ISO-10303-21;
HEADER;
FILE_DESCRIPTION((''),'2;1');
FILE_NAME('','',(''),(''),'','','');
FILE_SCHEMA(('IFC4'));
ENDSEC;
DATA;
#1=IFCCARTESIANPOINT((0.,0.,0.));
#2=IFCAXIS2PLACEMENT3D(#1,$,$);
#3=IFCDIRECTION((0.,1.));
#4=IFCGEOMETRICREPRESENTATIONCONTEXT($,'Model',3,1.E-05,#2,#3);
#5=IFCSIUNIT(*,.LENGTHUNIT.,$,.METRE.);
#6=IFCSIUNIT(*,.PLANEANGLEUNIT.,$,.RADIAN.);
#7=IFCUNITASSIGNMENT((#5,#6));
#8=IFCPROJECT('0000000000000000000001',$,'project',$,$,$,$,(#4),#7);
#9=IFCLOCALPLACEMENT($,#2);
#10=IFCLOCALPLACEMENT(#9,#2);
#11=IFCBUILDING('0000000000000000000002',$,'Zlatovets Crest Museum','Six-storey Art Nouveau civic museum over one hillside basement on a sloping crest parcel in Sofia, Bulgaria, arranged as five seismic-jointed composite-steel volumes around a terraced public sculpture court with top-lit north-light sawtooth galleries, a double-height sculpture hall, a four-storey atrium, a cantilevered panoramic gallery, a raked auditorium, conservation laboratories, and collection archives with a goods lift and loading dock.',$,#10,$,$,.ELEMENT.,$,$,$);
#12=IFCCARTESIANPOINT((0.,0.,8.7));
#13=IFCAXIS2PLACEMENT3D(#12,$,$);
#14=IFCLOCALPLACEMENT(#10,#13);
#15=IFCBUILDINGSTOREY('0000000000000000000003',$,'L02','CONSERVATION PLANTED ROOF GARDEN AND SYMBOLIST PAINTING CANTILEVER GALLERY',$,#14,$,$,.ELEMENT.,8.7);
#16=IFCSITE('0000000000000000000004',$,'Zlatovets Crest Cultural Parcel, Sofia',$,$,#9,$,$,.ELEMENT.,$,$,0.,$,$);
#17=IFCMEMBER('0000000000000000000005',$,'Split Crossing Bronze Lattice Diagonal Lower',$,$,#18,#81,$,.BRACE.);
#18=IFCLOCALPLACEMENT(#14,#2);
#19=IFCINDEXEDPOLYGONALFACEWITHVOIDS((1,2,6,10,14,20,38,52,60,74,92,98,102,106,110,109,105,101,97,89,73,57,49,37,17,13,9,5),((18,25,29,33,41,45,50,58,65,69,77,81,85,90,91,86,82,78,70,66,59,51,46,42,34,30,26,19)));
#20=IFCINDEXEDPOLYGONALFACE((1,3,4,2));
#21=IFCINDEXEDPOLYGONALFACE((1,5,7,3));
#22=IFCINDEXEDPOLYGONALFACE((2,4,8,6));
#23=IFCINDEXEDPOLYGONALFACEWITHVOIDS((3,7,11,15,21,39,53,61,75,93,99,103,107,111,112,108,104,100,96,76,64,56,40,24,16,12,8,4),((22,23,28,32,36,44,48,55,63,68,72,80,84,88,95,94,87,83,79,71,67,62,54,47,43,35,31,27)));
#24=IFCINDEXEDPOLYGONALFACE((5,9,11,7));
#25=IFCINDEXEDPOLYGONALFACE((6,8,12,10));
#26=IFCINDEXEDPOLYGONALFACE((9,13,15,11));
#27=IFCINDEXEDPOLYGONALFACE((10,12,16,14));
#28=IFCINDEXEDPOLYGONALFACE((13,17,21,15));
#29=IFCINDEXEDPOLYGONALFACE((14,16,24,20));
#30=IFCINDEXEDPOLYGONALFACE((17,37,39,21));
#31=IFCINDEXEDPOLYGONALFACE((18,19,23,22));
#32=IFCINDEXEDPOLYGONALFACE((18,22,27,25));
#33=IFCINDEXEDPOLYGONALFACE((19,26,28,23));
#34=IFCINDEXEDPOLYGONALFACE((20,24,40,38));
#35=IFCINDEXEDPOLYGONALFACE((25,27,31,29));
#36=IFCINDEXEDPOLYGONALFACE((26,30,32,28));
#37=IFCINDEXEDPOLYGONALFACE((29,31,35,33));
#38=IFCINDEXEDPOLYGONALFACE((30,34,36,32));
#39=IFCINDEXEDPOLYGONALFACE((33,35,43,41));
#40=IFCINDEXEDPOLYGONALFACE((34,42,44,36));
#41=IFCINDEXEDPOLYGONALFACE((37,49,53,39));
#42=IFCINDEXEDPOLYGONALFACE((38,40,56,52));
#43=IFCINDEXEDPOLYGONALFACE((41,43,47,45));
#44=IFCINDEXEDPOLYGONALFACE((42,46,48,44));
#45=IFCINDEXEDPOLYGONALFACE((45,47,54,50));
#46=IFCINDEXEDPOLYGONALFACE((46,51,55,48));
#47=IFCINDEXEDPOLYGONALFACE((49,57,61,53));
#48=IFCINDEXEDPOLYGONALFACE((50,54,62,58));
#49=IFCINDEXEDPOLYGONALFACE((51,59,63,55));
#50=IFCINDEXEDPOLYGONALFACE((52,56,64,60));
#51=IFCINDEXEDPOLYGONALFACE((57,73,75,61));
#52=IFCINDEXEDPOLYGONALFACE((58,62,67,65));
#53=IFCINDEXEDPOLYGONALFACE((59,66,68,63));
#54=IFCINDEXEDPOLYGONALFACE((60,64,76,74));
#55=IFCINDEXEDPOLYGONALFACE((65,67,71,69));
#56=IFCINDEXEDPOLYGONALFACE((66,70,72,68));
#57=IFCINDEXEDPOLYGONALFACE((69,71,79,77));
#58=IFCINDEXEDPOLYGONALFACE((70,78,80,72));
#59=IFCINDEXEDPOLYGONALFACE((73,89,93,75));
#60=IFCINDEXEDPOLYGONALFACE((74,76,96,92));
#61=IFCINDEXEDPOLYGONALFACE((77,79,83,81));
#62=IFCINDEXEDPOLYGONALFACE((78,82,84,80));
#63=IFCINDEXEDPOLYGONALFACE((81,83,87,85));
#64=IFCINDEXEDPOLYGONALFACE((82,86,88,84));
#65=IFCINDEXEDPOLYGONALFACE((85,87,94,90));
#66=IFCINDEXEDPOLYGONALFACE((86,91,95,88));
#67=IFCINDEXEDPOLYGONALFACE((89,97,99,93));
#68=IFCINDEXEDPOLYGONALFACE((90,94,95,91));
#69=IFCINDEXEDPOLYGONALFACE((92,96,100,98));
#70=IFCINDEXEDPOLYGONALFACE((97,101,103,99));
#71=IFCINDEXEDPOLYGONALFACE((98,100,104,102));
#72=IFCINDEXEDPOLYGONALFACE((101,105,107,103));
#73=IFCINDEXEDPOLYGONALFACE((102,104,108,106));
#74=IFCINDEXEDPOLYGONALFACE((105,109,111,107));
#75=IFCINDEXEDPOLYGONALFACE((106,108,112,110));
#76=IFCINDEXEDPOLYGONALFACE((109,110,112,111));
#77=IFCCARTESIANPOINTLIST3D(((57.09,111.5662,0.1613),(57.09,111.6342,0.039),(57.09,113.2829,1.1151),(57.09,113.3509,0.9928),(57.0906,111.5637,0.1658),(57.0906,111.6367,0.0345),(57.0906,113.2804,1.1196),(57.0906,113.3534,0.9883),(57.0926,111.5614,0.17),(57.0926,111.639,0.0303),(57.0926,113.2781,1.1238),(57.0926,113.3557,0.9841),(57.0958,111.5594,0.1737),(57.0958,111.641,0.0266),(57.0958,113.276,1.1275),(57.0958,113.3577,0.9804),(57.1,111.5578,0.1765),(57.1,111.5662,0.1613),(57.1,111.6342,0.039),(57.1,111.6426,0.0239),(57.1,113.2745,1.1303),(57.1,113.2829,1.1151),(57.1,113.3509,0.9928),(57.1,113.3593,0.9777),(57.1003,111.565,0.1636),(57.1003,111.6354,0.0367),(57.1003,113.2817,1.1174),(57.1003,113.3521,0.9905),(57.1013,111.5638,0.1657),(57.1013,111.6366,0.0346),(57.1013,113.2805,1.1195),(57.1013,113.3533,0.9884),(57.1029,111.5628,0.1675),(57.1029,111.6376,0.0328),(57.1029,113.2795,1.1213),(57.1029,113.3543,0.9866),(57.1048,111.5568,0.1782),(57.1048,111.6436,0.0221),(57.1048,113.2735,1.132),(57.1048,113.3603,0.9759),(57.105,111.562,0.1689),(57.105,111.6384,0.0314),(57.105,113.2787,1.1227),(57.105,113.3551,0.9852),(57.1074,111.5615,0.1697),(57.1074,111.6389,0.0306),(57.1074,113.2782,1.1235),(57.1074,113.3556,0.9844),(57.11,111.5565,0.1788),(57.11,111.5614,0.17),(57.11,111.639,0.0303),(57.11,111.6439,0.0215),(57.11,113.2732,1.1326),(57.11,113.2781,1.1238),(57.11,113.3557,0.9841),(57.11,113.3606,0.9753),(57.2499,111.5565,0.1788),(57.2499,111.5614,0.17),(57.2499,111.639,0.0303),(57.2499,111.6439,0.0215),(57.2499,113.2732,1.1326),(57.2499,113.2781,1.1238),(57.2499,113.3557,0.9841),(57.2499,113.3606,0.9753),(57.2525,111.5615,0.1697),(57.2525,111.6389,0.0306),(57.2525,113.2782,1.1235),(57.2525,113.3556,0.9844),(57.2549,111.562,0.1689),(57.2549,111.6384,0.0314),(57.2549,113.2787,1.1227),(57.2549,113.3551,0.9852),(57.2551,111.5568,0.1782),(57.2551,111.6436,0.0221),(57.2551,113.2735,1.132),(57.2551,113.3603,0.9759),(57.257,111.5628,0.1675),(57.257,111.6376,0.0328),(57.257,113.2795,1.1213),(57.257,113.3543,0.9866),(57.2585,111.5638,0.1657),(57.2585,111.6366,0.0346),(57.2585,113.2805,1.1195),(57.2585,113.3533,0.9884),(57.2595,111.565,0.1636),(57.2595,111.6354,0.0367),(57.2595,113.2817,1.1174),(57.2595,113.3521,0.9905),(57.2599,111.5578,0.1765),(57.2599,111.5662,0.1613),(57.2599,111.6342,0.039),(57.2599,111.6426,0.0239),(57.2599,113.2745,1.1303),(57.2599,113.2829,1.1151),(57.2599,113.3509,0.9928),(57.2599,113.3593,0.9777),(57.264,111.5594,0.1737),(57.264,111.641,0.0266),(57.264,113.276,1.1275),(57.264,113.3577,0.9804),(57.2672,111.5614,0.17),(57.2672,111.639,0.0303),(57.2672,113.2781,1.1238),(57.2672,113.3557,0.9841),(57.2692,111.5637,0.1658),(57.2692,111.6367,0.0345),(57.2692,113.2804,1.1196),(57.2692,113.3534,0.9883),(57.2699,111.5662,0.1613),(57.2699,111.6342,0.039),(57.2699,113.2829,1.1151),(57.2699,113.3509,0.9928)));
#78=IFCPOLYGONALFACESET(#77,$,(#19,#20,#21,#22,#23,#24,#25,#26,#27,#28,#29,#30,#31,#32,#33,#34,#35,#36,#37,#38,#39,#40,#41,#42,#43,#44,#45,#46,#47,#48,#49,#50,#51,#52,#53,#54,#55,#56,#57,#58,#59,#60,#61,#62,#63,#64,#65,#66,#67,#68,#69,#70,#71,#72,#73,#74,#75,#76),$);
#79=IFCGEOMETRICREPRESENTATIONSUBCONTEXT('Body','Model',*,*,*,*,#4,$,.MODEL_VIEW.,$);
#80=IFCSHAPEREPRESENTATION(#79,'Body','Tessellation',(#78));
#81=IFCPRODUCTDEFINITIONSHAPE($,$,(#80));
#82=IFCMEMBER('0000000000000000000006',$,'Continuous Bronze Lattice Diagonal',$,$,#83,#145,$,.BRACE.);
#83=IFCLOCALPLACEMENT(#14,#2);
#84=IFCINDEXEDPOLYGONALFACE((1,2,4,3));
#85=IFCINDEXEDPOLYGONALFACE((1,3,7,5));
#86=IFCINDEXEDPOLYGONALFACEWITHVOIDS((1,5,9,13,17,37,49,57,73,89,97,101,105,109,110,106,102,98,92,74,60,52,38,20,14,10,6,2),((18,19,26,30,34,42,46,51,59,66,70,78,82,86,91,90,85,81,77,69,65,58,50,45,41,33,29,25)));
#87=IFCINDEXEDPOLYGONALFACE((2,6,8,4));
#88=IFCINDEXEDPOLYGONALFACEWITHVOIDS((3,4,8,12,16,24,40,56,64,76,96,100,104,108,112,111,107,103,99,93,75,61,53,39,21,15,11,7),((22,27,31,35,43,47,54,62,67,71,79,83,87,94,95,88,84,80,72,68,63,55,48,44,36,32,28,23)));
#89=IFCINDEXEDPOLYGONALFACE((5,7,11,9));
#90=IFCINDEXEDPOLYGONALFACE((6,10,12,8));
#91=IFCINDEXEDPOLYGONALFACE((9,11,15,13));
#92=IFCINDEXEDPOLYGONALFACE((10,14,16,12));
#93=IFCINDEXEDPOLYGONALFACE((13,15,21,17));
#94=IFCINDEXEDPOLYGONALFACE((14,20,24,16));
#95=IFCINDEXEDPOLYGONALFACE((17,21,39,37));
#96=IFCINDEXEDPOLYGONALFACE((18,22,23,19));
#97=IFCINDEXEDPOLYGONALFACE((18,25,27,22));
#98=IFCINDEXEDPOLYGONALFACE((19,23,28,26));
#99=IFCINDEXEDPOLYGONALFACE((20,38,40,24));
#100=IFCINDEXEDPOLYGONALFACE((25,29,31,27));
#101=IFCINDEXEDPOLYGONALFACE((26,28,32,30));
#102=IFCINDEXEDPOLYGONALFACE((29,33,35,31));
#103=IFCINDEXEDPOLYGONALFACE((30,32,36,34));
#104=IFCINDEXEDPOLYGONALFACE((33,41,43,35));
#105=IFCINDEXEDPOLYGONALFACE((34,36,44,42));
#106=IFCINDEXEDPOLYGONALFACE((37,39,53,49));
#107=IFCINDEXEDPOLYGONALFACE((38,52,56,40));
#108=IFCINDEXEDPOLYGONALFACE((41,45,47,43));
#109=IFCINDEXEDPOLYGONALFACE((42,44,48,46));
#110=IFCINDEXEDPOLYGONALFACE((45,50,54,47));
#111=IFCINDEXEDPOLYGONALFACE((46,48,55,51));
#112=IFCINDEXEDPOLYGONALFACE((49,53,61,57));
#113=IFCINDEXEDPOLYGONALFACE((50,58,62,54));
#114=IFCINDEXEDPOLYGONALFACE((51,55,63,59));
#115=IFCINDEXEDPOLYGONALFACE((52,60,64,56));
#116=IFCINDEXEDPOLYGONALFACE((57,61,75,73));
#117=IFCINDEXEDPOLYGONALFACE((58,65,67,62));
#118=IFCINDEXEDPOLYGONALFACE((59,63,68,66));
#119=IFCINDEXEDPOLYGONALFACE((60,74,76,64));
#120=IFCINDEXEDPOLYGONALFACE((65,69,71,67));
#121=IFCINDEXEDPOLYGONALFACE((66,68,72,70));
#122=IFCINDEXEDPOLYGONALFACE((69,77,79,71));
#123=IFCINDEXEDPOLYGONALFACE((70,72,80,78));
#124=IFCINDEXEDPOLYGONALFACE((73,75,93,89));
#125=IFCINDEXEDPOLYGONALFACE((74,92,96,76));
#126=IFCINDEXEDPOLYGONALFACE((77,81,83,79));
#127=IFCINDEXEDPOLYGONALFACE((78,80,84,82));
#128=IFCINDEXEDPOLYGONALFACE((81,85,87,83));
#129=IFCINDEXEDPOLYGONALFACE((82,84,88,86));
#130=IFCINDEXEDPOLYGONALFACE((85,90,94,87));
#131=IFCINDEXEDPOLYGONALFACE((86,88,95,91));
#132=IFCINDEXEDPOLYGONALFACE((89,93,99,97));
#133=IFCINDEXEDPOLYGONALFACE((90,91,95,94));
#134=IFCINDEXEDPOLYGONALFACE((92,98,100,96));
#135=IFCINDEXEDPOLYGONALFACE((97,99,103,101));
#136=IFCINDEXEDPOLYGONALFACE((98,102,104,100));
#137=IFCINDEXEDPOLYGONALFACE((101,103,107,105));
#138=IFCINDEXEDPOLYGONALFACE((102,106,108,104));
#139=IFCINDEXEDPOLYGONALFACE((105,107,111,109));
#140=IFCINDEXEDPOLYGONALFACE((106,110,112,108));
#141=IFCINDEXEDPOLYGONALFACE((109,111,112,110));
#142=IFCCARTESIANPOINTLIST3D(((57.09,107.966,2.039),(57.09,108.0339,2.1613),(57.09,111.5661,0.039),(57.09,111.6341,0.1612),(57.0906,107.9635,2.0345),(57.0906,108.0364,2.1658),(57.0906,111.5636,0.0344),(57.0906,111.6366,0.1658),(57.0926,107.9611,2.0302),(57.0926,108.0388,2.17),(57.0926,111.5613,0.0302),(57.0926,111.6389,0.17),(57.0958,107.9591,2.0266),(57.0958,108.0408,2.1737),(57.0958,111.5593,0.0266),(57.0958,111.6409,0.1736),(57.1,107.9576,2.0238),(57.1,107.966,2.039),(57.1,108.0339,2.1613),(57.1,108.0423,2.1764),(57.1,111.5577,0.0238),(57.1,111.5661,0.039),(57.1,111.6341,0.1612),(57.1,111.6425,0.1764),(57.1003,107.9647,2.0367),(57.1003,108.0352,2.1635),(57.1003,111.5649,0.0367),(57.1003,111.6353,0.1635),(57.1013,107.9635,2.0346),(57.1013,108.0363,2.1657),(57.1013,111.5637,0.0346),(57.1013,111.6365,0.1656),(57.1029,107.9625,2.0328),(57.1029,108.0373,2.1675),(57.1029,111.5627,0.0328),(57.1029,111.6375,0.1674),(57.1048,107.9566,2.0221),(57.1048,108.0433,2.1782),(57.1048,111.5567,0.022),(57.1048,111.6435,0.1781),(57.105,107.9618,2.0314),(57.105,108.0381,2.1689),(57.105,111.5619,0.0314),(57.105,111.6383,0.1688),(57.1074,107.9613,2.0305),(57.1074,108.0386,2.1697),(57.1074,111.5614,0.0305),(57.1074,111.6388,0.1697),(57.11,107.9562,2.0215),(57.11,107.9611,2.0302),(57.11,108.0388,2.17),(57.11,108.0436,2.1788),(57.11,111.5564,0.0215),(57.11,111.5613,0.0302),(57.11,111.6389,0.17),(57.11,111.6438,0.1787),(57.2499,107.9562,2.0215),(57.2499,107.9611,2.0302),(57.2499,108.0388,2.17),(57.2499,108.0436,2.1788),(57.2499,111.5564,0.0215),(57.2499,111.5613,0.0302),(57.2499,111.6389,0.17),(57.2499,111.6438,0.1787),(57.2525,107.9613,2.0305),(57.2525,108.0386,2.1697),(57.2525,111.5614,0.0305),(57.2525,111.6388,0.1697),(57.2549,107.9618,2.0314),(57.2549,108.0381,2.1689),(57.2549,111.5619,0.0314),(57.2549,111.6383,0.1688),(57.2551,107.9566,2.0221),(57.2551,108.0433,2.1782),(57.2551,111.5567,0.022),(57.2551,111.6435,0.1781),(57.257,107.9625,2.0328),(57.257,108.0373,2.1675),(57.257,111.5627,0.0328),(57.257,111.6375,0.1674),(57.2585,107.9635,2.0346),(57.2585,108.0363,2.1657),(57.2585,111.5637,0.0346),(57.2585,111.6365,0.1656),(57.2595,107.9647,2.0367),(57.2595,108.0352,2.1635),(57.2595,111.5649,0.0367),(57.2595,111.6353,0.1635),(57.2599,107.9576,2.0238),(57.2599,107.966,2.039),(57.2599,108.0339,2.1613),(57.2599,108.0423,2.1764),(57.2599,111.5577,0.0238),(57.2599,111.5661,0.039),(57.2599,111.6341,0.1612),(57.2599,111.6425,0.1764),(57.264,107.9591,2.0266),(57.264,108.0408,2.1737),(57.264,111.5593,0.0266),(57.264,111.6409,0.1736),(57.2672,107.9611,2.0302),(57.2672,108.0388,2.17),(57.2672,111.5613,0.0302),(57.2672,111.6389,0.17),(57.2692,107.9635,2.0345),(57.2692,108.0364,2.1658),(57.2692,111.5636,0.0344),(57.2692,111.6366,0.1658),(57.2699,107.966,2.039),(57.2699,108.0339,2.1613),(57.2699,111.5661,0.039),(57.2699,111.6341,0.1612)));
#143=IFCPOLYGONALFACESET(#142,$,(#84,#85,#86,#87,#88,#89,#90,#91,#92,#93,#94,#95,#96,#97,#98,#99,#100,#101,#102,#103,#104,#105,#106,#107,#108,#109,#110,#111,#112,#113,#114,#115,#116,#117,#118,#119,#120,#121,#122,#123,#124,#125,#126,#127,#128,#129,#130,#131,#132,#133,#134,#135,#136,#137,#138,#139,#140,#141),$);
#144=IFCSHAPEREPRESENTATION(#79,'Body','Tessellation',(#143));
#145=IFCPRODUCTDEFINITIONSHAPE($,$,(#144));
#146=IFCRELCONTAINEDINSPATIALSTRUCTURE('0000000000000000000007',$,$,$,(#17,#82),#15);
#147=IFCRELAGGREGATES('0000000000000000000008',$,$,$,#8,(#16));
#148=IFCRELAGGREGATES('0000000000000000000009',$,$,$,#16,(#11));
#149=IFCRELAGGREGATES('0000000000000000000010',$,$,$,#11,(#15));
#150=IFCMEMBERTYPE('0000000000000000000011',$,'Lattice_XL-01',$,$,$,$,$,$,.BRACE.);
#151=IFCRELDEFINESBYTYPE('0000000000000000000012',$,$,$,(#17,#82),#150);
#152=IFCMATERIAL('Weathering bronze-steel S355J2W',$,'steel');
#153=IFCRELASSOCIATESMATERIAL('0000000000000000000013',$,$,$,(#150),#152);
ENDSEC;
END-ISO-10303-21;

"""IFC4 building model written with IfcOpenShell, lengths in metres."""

from ifc_helpers import new_model, si_unit, direction, frame, origin, origin_2d, place, context, subcontext, project, spatial, hollow_rectangle, extrude, material, material_profile, profile_set, type_object, element, save


model = new_model("IFC4")

# Units and contexts
model_context = context("Model", 3, precision=1e-05, world=origin(), true_north=direction((0.0, 1.0)))
body_context = subcontext(model_context, "Body", "Model", "MODEL_VIEW")
ifc_project = project(units=[si_unit("LENGTHUNIT", "METRE"), si_unit("PLANEANGLEUNIT", "RADIAN")], contexts=[model_context])

# Site, building, storey
site_placement = place(None, origin())
site = spatial("IfcSite", under=ifc_project, at=site_placement, Name="Zlatovets Crest Cultural Parcel, Sofia", CompositionType="ELEMENT", RefElevation=0.0)
building_placement = place(site_placement, origin())
building = spatial("IfcBuilding", under=site, at=building_placement, Name="Zlatovets Crest Museum", Description="Six-storey Art Nouveau civic museum over one hillside basement on a sloping crest parcel in Sofia, Bulgaria, arranged as five seismic-jointed composite-steel volumes around a terraced public sculpture court with top-lit north-light sawtooth galleries, a double-height sculpture hall, a four-storey atrium, a cantilevered panoramic gallery, a raked auditorium, conservation laboratories, and collection archives with a goods lift and loading dock.", CompositionType="ELEMENT")
storey_placement = place(building_placement, frame((0.0, 0.0, 8.7)))
storey = spatial("IfcBuildingStorey", under=building, at=storey_placement, Name="L02", Description="CONSERVATION PLANTED ROOF GARDEN AND SYMBOLIST PAINTING CANTILEVER GALLERY", CompositionType="ELEMENT", Elevation=8.7)

# Members
ifc_material_1 = material(Name="Weathering bronze-steel S355J2W", Category="steel")
ifc_material_profile_1 = material_profile(ifc_material_1, hollow_rectangle(XDim=0.1799, YDim=0.1799, WallThickness=0.01, InnerFilletRadius=0.01, OuterFilletRadius=0.02, at=origin_2d()), Name="SHS 180x180x10.0")
ifc_profile_set_1 = profile_set([ifc_material_profile_1], Name="Weathering bronze-steel S355J2W")
member_type_1 = type_object("IfcMemberType", Name="Lattice_XL-01", PredefinedType="BRACE", material=ifc_profile_set_1)
member_1_placement = place(storey_placement, frame((57.1799, 113.3169, 1.054), z_axis=(0.0, -0.87414, -0.485675), x_axis=(1.0, 0.0, 0.0)))
element("IfcMember", 1, at=member_1_placement, inside=storey, type_object=member_type_1, Name="Split Crossing Bronze Lattice Diagonal Lower", PredefinedType="BRACE", context=body_context, shape_type="SweptSolid", body=[
    extrude(hollow_rectangle(XDim=0.1799, YDim=0.1799, WallThickness=0.01, InnerFilletRadius=0.01, OuterFilletRadius=0.02, at=origin_2d()), origin(), (0.0, 0.0, 1.0), 1.9639),
])
member_2_placement = place(storey_placement, frame((57.1799, 111.6001, 0.1001), z_axis=(0.0, -0.874163, 0.485633), x_axis=(1.0, 0.0, 0.0)))
element("IfcMember", 2, at=member_2_placement, inside=storey, type_object=member_type_1, Name="Continuous Bronze Lattice Diagonal", PredefinedType="BRACE", context=body_context, shape_type="SweptSolid", body=[
    extrude(hollow_rectangle(XDim=0.1799, YDim=0.1799, WallThickness=0.01, InnerFilletRadius=0.01, OuterFilletRadius=0.02, at=origin_2d()), origin(), (0.0, 0.0, 1.0), 4.1184),
])

save(model, "model.ifc")
